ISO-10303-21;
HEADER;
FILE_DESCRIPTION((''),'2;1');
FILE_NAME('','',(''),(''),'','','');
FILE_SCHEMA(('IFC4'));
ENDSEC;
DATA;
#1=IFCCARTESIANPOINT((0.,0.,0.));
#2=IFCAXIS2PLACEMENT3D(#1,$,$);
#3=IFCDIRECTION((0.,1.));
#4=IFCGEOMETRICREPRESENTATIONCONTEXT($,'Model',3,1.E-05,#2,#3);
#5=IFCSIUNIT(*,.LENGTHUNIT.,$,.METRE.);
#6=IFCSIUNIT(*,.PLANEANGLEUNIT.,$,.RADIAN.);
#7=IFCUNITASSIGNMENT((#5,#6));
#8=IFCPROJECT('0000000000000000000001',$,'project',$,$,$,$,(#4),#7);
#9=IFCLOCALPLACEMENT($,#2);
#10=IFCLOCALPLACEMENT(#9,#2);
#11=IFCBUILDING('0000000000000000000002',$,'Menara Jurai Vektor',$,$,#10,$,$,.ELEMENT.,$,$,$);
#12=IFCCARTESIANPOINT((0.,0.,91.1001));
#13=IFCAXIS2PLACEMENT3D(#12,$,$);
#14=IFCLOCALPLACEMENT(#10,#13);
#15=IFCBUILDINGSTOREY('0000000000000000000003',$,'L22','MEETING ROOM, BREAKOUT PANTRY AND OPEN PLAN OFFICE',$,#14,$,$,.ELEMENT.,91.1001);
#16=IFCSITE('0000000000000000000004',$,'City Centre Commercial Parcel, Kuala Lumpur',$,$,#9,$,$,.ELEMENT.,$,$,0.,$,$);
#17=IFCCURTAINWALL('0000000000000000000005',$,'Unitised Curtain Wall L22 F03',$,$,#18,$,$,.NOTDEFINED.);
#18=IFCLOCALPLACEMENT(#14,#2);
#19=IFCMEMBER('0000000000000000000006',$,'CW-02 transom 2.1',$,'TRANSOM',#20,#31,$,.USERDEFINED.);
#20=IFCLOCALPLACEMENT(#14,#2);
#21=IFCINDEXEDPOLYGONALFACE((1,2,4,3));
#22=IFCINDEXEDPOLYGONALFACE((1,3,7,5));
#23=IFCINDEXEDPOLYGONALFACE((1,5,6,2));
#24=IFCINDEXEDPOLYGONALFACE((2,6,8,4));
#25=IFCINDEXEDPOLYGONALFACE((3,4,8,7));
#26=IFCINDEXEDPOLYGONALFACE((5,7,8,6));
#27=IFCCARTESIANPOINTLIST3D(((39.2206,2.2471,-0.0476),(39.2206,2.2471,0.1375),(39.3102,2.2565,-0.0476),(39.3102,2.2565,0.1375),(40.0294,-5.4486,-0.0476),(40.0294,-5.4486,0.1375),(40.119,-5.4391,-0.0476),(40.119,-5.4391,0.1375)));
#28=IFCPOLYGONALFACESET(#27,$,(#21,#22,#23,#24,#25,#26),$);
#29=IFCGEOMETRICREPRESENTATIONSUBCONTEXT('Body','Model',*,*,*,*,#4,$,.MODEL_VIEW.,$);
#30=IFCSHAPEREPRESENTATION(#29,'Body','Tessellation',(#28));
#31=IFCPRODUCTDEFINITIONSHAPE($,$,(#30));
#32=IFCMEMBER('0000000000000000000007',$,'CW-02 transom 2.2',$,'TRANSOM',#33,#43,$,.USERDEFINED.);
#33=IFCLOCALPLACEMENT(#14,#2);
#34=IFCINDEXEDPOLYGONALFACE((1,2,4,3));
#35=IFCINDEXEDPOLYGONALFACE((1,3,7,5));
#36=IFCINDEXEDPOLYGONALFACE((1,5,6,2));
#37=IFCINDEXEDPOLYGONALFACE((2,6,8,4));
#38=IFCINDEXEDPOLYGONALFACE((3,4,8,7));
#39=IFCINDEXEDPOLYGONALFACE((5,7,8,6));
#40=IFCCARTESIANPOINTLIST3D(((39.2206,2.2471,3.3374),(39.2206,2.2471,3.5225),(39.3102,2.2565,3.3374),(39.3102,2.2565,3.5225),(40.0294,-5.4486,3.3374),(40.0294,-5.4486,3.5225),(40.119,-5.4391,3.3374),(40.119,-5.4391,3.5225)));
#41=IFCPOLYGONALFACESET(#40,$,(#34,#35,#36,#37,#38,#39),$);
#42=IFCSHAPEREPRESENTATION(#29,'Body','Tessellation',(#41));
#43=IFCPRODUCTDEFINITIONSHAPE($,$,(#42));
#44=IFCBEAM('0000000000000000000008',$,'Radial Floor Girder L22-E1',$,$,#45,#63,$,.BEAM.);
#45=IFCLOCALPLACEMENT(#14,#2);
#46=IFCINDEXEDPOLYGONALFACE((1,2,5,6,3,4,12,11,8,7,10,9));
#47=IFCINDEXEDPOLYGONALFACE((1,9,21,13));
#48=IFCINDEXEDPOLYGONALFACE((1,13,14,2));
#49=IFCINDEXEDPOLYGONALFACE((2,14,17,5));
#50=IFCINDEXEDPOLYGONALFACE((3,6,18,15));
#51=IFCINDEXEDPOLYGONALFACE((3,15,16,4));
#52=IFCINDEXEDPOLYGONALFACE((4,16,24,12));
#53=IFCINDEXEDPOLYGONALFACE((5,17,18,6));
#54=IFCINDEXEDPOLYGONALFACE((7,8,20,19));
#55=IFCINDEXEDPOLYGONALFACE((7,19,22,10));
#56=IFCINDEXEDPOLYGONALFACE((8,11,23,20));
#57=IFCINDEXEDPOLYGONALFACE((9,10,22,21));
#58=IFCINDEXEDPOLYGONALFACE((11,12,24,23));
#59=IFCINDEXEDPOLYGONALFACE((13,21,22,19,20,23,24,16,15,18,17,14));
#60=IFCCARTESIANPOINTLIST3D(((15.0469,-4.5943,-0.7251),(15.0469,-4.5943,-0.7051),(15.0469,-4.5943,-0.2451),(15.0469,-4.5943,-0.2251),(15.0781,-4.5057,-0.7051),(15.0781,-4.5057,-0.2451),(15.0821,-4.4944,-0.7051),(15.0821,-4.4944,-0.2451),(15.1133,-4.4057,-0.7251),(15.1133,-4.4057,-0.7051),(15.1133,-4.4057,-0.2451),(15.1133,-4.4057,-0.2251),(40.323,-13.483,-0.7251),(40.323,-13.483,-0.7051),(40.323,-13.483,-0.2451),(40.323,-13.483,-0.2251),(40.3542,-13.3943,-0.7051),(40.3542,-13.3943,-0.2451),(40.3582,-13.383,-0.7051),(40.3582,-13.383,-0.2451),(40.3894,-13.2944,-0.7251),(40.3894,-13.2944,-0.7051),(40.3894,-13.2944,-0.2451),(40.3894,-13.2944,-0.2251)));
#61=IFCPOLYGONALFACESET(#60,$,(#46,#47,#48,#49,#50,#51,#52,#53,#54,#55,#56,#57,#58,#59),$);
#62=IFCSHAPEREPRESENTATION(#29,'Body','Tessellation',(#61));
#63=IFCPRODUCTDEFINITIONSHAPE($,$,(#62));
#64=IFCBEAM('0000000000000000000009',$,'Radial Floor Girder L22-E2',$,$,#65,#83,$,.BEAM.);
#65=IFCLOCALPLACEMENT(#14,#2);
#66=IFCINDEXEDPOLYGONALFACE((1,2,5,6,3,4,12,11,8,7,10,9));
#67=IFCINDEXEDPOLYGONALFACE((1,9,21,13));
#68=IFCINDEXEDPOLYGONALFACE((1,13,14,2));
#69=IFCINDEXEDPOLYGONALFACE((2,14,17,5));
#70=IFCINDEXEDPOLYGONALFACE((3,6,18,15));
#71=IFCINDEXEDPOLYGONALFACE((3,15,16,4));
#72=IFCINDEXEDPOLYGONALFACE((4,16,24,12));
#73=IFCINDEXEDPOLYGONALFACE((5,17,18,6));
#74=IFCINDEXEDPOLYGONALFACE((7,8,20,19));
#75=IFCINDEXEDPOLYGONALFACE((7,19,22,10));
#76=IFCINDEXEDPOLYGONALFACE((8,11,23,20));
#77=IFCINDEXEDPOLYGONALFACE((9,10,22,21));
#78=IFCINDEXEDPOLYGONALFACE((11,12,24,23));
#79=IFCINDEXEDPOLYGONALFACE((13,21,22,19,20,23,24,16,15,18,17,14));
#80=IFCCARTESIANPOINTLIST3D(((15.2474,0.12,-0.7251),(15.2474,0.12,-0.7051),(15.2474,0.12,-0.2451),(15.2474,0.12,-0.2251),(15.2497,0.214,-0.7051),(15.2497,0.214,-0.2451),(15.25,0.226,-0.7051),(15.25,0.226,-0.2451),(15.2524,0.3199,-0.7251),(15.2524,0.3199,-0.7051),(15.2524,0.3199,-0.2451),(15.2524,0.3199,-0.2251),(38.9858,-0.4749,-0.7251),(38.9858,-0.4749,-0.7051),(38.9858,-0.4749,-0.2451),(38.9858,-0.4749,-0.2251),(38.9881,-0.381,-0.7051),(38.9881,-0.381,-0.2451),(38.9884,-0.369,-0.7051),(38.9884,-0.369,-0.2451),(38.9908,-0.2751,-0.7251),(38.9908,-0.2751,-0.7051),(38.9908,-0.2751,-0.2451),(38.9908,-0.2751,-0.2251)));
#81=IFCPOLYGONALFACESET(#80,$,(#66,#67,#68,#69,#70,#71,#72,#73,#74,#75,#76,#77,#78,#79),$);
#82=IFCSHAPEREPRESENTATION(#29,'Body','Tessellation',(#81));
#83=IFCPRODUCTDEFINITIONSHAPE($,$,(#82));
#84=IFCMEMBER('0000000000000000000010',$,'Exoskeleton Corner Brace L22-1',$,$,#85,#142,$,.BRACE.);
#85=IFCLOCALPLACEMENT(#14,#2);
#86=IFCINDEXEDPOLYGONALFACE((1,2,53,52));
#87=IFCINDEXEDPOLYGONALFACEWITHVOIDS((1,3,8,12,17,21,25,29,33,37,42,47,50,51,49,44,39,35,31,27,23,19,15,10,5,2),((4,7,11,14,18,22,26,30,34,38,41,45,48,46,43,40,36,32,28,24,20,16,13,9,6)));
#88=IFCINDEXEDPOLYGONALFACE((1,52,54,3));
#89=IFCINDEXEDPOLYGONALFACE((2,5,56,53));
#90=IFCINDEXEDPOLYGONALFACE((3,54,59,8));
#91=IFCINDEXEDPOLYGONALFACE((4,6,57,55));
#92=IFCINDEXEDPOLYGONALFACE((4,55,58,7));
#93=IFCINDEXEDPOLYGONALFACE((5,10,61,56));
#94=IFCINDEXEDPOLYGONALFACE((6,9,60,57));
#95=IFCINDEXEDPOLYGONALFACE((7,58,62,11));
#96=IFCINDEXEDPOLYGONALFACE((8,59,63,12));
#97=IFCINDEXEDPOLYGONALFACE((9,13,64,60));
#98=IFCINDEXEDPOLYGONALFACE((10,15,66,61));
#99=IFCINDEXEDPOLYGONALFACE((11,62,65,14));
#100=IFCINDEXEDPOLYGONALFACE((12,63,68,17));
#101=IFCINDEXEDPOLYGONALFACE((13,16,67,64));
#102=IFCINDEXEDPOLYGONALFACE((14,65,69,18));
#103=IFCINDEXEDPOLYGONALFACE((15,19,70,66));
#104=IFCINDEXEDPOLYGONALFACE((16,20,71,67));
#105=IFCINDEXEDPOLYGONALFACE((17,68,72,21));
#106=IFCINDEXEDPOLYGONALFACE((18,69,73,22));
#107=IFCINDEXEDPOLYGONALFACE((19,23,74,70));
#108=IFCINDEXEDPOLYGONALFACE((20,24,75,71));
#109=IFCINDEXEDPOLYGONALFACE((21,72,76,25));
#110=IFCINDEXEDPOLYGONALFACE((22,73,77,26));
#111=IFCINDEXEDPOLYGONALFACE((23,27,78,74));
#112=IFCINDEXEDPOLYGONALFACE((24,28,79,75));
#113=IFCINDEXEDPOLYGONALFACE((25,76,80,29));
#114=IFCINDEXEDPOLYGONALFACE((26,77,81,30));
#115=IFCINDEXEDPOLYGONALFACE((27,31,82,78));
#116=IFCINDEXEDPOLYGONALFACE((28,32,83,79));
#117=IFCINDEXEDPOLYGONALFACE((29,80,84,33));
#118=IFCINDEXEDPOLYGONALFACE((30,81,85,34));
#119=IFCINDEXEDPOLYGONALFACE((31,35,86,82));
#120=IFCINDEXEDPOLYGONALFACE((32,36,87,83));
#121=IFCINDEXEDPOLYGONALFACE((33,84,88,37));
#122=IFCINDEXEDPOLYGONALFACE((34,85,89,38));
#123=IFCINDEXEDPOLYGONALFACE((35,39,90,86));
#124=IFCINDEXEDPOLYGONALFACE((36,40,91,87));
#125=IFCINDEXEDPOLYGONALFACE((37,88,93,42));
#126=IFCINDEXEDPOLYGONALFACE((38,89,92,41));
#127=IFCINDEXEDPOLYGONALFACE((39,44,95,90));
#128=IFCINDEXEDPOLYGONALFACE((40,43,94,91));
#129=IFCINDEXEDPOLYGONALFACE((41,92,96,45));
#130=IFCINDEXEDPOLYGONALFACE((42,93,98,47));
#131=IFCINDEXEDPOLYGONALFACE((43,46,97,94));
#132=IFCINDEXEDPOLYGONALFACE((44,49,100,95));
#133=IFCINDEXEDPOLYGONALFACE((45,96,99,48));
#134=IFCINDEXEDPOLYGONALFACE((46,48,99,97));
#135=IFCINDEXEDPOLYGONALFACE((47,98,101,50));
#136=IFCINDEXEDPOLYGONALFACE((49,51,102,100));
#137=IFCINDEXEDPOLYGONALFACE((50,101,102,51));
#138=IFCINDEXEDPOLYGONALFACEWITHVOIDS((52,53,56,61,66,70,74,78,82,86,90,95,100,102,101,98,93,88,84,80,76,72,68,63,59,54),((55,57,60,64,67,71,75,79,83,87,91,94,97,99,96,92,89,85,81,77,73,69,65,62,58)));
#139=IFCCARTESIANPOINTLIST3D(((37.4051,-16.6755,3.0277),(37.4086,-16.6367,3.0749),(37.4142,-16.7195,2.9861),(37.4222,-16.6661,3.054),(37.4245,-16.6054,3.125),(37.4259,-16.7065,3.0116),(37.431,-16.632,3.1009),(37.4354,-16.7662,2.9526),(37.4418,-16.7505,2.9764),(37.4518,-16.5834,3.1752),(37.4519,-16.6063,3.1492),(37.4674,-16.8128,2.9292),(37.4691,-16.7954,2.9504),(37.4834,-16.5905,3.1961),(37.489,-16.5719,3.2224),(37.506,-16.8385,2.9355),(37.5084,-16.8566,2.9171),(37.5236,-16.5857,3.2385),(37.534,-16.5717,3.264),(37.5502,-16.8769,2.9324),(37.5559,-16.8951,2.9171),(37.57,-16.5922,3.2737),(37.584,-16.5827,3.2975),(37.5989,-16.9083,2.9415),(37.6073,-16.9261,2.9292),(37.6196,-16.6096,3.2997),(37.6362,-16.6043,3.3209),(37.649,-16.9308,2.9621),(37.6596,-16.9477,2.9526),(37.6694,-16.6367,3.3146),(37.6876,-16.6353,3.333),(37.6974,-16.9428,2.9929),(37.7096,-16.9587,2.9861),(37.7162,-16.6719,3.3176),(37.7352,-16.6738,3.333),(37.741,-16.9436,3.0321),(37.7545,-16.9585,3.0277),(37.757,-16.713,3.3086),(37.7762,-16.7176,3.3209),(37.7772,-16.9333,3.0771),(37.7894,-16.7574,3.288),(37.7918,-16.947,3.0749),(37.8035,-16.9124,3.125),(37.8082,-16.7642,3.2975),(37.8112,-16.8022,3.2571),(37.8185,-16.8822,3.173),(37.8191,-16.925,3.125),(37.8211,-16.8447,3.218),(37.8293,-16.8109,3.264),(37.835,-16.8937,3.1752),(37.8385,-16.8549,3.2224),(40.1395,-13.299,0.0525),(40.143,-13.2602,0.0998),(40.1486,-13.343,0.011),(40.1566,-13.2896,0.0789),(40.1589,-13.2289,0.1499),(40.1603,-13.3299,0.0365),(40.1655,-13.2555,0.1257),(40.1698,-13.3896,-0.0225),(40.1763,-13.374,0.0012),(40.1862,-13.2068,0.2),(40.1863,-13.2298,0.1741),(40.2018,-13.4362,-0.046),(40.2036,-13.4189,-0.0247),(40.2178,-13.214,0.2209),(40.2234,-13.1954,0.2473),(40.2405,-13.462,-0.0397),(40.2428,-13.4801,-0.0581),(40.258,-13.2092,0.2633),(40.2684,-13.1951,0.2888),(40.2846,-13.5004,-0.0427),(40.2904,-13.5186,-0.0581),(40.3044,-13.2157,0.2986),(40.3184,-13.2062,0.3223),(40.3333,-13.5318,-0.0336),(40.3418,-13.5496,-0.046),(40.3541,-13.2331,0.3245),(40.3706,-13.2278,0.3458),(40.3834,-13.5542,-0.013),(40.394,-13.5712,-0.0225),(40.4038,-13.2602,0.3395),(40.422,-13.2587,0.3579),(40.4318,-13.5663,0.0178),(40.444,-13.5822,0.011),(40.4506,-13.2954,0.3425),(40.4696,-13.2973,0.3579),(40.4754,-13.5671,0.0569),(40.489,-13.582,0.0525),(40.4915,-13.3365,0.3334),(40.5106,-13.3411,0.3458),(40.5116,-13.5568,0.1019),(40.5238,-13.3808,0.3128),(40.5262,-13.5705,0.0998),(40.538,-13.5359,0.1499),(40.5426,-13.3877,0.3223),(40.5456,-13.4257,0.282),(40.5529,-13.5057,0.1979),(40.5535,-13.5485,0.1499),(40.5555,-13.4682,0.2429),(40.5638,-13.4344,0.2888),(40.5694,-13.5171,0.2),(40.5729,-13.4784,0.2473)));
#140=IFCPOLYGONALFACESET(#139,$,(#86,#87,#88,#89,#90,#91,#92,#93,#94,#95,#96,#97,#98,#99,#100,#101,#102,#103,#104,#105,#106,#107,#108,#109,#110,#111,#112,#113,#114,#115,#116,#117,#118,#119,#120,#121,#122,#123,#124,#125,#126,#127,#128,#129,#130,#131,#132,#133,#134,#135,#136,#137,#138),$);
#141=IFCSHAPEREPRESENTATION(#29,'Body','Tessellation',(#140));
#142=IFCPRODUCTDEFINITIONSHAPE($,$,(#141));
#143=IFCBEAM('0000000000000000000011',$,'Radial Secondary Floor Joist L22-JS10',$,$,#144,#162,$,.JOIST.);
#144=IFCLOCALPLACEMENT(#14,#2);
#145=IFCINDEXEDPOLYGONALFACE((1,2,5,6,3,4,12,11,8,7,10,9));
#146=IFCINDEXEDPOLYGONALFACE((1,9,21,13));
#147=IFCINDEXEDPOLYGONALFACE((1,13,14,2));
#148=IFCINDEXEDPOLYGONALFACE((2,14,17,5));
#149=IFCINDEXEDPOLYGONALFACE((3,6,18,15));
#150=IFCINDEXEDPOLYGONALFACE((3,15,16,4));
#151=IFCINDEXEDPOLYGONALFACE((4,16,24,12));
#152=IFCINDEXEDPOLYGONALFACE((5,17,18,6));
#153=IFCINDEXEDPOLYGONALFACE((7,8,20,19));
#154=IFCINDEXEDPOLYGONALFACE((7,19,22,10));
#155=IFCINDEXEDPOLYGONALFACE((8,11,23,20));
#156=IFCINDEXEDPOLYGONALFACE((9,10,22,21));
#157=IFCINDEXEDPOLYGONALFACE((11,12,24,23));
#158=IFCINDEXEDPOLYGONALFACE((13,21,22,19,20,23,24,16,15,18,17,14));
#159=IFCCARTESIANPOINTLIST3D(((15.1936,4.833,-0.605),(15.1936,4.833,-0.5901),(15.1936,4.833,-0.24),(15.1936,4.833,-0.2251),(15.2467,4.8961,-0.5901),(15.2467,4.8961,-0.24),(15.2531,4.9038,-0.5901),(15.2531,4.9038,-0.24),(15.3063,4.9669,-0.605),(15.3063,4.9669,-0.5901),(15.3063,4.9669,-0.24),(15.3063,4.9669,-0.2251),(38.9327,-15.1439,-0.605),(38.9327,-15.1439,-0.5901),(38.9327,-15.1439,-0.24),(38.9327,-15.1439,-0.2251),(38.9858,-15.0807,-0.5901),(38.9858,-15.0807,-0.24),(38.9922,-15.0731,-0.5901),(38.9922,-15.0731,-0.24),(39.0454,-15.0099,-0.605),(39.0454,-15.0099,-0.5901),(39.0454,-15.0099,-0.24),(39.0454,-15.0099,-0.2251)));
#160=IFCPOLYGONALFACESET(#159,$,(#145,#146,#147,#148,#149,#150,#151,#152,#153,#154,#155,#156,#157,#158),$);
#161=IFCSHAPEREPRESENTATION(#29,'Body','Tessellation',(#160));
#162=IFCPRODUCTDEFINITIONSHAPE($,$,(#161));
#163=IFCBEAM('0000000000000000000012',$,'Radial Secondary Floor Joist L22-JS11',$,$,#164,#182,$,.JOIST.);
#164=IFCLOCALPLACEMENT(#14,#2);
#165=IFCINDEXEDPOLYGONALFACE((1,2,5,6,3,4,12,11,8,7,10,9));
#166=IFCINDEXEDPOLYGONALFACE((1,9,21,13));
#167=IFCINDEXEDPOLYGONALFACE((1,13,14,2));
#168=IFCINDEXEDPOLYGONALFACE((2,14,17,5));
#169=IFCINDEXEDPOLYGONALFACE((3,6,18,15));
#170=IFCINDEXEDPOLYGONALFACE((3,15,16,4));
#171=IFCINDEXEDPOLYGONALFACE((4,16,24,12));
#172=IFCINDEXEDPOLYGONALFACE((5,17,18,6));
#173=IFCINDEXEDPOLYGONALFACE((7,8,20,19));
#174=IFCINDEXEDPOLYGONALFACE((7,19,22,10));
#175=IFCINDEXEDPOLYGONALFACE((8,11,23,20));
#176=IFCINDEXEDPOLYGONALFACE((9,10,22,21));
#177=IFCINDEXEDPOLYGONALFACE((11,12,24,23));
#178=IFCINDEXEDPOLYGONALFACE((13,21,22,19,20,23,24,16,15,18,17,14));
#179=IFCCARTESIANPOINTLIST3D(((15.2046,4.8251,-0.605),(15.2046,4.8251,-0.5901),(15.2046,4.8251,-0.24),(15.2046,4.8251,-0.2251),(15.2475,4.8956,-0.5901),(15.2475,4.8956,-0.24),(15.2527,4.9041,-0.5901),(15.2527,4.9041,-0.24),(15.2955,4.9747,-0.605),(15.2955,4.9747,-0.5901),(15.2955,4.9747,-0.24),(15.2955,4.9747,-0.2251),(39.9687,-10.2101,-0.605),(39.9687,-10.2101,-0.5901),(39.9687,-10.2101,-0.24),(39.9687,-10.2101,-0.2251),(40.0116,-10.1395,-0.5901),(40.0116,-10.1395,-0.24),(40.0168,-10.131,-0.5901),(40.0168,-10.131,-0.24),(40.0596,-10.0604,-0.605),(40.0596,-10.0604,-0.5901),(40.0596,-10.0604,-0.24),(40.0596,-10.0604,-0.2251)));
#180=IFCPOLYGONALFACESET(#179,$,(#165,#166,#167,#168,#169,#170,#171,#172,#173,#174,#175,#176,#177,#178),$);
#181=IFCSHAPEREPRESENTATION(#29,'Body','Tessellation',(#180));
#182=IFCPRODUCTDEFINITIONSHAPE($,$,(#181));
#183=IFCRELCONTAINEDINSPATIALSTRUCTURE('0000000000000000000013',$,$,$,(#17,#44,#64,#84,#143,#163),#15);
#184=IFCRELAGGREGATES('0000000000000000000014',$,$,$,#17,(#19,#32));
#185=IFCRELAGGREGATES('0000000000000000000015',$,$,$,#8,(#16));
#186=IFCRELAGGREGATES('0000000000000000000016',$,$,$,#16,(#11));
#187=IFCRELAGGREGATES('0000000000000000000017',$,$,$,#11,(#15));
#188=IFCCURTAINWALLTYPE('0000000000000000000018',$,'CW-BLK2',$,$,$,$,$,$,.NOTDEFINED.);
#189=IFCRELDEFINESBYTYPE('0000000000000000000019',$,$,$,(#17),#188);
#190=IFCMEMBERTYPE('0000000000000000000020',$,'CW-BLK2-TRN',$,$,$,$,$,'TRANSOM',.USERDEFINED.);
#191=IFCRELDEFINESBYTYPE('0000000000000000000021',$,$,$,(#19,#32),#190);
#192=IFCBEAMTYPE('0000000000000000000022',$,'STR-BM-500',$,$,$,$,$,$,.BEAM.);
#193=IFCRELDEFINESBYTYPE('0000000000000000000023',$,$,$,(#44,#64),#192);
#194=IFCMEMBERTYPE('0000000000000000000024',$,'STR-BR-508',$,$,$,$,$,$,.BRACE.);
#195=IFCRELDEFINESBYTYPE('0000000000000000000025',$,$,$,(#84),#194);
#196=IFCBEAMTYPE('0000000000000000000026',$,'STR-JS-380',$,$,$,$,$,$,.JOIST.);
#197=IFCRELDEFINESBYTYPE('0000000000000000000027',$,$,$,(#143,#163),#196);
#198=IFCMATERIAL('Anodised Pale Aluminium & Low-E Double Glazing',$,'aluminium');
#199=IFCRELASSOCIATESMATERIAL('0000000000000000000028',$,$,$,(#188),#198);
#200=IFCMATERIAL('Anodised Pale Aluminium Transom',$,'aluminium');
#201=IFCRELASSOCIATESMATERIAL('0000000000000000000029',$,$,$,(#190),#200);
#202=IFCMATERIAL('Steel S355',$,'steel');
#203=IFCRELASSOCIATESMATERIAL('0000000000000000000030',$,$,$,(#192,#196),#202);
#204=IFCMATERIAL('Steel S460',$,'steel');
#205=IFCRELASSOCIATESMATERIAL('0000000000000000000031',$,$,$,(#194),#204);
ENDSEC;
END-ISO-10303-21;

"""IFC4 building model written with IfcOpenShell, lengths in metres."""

from ifc_helpers import new_model, si_unit, direction, frame, origin, origin_2d, place, context, subcontext, project, spatial, rectangle, hollow_circle, i_section, extrude, material, material_profile, profile_set, type_object, element, aggregate, save


model = new_model("IFC4")

# Units and contexts
model_context = context("Model", 3, precision=1e-05, world=origin(), true_north=direction((0.0, 1.0)))
body_context = subcontext(model_context, "Body", "Model", "MODEL_VIEW")
ifc_project = project(units=[si_unit("LENGTHUNIT", "METRE"), si_unit("PLANEANGLEUNIT", "RADIAN")], contexts=[model_context])

# Site, building, storey
site_placement = place(None, origin())
site = spatial("IfcSite", under=ifc_project, at=site_placement, Name="City Centre Commercial Parcel, Kuala Lumpur", CompositionType="ELEMENT", RefElevation=0.0)
building_placement = place(site_placement, origin())
building = spatial("IfcBuilding", under=site, at=building_placement, Name="Menara Jurai Vektor", CompositionType="ELEMENT")
storey_placement = place(building_placement, frame((0.0, 0.0, 91.1001)))
storey = spatial("IfcBuildingStorey", under=building, at=storey_placement, Name="L22", Description="MEETING ROOM, BREAKOUT PANTRY AND OPEN PLAN OFFICE", CompositionType="ELEMENT", Elevation=91.1001)

# Shared definitions
ifc_material_1 = material(Name="Steel S460", Category="steel")

# Shared definitions
ifc_material_2 = material(Name="Anodised Pale Aluminium & Low-E Double Glazing", Category="aluminium")
curtain_wall_type = type_object("IfcCurtainWallType", Name="CW-BLK2", PredefinedType="NOTDEFINED", material=ifc_material_2)

# Curtain wall
curtain_wall_1_placement = place(storey_placement, origin())
curtain_wall_1 = element("IfcCurtainWall", 1, at=curtain_wall_1_placement, inside=storey, type_object=curtain_wall_type, Name="Unitised Curtain Wall L22 F03", PredefinedType="NOTDEFINED")

# Members
ifc_material_3 = material(Name="Anodised Pale Aluminium Transom", Category="aluminium")
ifc_material_profile_1 = material_profile(ifc_material_3, rectangle(XDim=0.0901, YDim=0.1851, at=origin_2d()), Name="ALU TRN 90x185")
ifc_profile_set_1 = profile_set([ifc_material_profile_1], Name="Anodised Pale Aluminium Transom")
member_type_1 = type_object("IfcMemberType", Name="CW-BLK2-TRN", ElementType="TRANSOM", PredefinedType="USERDEFINED", material=ifc_profile_set_1)
member_1_placement = place(storey_placement, frame((40.0742, -5.4438, 0.0449), z_axis=(-0.104529, 0.994522, 0.0), x_axis=(-0.994522, -0.104529, 0.0)))
member_1 = element("IfcMember", 2, at=member_1_placement, type_object=member_type_1, Name="CW-02 transom 2.1", ObjectType="TRANSOM", PredefinedType="USERDEFINED", context=body_context, shape_type="SweptSolid", body=[
    extrude(rectangle(XDim=0.0901, YDim=0.1851, at=origin_2d()), origin(), (0.0, 0.0, 1.0), 7.738),
])
member_2_placement = place(storey_placement, frame((40.0742, -5.4438, 3.4299), z_axis=(-0.104529, 0.994522, 0.0), x_axis=(-0.994522, -0.104529, 0.0)))
member_2 = element("IfcMember", 3, at=member_2_placement, type_object=member_type_1, Name="CW-02 transom 2.2", ObjectType="TRANSOM", PredefinedType="USERDEFINED", context=body_context, shape_type="SweptSolid", body=[
    extrude(rectangle(XDim=0.0901, YDim=0.1851, at=origin_2d()), origin(), (0.0, 0.0, 1.0), 7.738),
])

# Beams
ifc_material_4 = material(Name="Steel S355", Category="steel")
ifc_material_profile_2 = material_profile(ifc_material_4, i_section(OverallWidth=0.2, OverallDepth=0.5, WebThickness=0.012, FlangeThickness=0.02, at=origin_2d()), Name="PG 500x200x96")
ifc_profile_set_2 = profile_set([ifc_material_profile_2], Name="Steel S355")
beam_type_1 = type_object("IfcBeamType", Name="STR-BM-500", PredefinedType="BEAM", material=ifc_profile_set_2)
beam_1_placement = place(storey_placement, frame((40.3562, -13.3887, -0.4751), z_axis=(-0.943368, 0.331747, 0.0), x_axis=(-0.331747, -0.943368, 0.0)))
element("IfcBeam", 4, at=beam_1_placement, inside=storey, type_object=beam_type_1, Name="Radial Floor Girder L22-E1", PredefinedType="BEAM", context=body_context, shape_type="SweptSolid", body=[
    extrude(i_section(OverallWidth=0.2, OverallDepth=0.5, WebThickness=0.012, FlangeThickness=0.02, at=origin_2d()), origin(), (0.0, 0.0, 1.0), 26.7935),
])
beam_2_placement = place(storey_placement, frame((38.9883, -0.375, -0.4751), z_axis=(-0.999686, 0.025056, 0.0), x_axis=(-0.025056, -0.999686, 0.0)))
element("IfcBeam", 5, at=beam_2_placement, inside=storey, type_object=beam_type_1, Name="Radial Floor Girder L22-E2", PredefinedType="BEAM", context=body_context, shape_type="SweptSolid", body=[
    extrude(i_section(OverallWidth=0.2, OverallDepth=0.5, WebThickness=0.012, FlangeThickness=0.02, at=origin_2d()), origin(), (0.0, 0.0, 1.0), 23.7458),
])

# Member
ifc_material_profile_3 = material_profile(ifc_material_1, hollow_circle(Radius=0.2539, WallThickness=0.02, at=origin_2d()), Name="CHS 508x20")
ifc_profile_set_3 = profile_set([ifc_material_profile_3], Name="Steel S460")
member_type_2 = type_object("IfcMemberType", Name="STR-BR-508", PredefinedType="BRACE", material=ifc_profile_set_3)
member_3_placement = place(storey_placement, frame((40.3562, -13.3887, 0.1499), z_axis=(-0.519272, -0.641208, 0.564986), x_axis=(0.777127, -0.629344, 0.0)))
element("IfcMember", 6, at=member_3_placement, inside=storey, type_object=member_type_2, Name="Exoskeleton Corner Brace L22-1", PredefinedType="BRACE", context=body_context, shape_type="SweptSolid", body=[
    extrude(hollow_circle(Radius=0.2539, WallThickness=0.02, at=origin_2d()), origin(), (0.0, 0.0, 1.0), 5.2659),
])

# Beams
ifc_material_profile_4 = material_profile(ifc_material_4, i_section(OverallWidth=0.175, OverallDepth=0.3799, WebThickness=0.01, FlangeThickness=0.0149, at=origin_2d()), Name="PG 380x175x58")
ifc_profile_set_4 = profile_set([ifc_material_profile_4], Name="Steel S355")
beam_type_2 = type_object("IfcBeamType", Name="STR-JS-380", PredefinedType="JOIST", material=ifc_profile_set_4)
beam_3_placement = place(storey_placement, frame((38.989, -15.0769, -0.415), z_axis=(-0.765133, 0.643873, 0.0), x_axis=(-0.643873, -0.765133, 0.0)))
element("IfcBeam", 7, at=beam_3_placement, inside=storey, type_object=beam_type_2, Name="Radial Secondary Floor Joist L22-JS10", PredefinedType="JOIST", context=body_context, shape_type="SweptSolid", body=[
    extrude(i_section(OverallWidth=0.175, OverallDepth=0.3799, WebThickness=0.01, FlangeThickness=0.0149, at=origin_2d()), origin(), (0.0, 0.0, 1.0), 31.0261),
])
beam_4_placement = place(storey_placement, frame((40.0142, -10.1353, -0.415), z_axis=(-0.854791, 0.518972, 0.0), x_axis=(-0.518972, -0.854791, 0.0)))
element("IfcBeam", 8, at=beam_4_placement, inside=storey, type_object=beam_type_2, Name="Radial Secondary Floor Joist L22-JS11", PredefinedType="JOIST", context=body_context, shape_type="SweptSolid", body=[
    extrude(i_section(OverallWidth=0.175, OverallDepth=0.3799, WebThickness=0.01, FlangeThickness=0.0149, at=origin_2d()), origin(), (0.0, 0.0, 1.0), 28.9709),
])

aggregate(curtain_wall_1, [member_1, member_2])

save(model, "model.ifc")
